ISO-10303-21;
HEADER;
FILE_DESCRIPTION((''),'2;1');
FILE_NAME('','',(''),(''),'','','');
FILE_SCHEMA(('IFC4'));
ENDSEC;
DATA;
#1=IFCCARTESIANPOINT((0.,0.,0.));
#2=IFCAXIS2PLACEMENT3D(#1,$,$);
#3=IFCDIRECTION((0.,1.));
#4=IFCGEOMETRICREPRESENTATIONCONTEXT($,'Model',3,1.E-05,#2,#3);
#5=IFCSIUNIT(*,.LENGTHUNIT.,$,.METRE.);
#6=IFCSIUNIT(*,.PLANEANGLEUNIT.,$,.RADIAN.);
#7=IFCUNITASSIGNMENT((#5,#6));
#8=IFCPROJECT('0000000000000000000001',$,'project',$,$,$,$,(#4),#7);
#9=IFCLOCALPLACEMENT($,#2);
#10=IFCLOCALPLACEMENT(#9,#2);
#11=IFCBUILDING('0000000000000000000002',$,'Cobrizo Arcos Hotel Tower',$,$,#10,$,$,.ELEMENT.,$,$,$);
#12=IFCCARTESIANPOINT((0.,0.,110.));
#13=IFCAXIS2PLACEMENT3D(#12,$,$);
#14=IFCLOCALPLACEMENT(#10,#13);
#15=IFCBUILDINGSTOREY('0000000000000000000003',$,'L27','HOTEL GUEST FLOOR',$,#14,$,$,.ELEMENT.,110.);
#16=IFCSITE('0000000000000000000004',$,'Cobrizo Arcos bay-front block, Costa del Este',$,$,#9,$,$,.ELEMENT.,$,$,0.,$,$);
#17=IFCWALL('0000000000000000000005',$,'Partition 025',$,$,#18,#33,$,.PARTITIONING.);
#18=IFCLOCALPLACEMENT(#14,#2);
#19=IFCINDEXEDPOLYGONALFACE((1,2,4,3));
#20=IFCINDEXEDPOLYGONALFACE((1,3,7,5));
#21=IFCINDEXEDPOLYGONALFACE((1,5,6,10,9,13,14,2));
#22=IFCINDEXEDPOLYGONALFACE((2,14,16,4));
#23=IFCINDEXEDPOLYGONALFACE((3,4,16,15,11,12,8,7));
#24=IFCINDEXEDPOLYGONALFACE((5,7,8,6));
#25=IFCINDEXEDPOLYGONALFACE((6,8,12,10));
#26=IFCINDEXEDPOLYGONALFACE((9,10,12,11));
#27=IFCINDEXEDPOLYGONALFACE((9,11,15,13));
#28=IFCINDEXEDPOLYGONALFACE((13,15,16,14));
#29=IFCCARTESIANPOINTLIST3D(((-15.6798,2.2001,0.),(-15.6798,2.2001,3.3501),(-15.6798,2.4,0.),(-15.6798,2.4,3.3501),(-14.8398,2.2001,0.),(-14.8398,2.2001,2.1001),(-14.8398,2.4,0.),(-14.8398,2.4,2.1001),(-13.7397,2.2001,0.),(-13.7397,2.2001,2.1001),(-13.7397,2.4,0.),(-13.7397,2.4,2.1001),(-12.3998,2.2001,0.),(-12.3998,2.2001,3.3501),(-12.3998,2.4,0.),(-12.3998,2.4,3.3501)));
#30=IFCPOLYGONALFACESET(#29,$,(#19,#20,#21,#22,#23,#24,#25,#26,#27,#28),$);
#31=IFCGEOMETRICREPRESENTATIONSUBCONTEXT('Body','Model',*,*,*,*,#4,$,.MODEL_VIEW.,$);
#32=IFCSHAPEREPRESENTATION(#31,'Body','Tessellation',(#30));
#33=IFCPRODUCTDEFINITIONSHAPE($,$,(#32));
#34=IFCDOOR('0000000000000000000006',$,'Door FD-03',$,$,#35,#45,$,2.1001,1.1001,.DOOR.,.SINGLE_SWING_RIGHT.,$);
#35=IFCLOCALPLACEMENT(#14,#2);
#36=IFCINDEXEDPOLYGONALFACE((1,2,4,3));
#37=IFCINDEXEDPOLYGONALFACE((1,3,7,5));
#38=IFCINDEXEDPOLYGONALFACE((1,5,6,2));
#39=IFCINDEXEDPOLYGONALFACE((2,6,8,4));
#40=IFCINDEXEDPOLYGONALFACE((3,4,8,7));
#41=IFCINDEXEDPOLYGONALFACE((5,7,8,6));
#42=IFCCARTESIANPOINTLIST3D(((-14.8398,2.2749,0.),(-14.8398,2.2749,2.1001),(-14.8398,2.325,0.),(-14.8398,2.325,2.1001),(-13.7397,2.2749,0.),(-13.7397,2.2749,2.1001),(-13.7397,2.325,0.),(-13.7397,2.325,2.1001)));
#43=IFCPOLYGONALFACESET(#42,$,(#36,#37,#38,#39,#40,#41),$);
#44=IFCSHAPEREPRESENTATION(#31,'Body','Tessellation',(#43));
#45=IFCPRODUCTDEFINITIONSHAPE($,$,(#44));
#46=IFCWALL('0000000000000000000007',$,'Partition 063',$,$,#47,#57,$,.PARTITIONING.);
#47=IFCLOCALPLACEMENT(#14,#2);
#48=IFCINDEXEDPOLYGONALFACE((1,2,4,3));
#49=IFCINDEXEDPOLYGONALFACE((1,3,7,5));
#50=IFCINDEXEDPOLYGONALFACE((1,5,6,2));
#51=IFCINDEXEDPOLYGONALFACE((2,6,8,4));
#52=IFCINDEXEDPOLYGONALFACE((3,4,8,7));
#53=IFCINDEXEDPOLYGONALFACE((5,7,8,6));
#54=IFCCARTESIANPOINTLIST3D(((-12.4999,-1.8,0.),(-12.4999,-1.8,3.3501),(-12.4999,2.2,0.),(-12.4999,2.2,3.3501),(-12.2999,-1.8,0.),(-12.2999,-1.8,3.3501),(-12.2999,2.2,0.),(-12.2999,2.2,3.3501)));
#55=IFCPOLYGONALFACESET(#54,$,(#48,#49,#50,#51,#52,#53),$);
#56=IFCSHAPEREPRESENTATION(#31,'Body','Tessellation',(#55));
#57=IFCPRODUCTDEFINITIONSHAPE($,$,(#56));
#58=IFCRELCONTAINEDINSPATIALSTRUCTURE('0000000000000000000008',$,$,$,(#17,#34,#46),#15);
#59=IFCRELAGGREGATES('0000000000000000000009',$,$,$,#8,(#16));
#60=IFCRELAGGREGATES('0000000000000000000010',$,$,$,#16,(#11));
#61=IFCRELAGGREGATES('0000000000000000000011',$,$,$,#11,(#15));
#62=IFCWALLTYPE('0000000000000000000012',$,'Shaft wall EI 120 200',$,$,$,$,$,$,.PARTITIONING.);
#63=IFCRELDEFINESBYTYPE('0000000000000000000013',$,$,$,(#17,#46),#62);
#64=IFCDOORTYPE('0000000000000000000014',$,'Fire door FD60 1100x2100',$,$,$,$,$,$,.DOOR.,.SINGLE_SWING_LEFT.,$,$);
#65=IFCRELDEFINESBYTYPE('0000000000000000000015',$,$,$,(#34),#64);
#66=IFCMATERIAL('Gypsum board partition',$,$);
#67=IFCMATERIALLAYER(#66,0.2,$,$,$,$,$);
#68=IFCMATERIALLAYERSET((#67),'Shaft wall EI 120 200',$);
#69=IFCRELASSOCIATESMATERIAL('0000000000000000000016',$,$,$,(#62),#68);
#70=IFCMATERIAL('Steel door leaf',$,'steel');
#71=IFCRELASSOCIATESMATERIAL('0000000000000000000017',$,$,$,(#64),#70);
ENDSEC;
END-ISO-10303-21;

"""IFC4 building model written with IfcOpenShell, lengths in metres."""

from ifc_helpers import new_model, si_unit, direction, frame, frame_2d, origin, place, context, subcontext, project, spatial, rectangle, extrude, material, layer, layer_set, type_object, element, fill, save


model = new_model("IFC4")

# Units and contexts
model_context = context("Model", 3, precision=1e-05, world=origin(), true_north=direction((0.0, 1.0)))
body_context = subcontext(model_context, "Body", "Model", "MODEL_VIEW")
ifc_project = project(units=[si_unit("LENGTHUNIT", "METRE"), si_unit("PLANEANGLEUNIT", "RADIAN")], contexts=[model_context])

# Site, building, storey
site_placement = place(None, origin())
site = spatial("IfcSite", under=ifc_project, at=site_placement, Name="Cobrizo Arcos bay-front block, Costa del Este", CompositionType="ELEMENT", RefElevation=0.0)
building_placement = place(site_placement, origin())
building = spatial("IfcBuilding", under=site, at=building_placement, Name="Cobrizo Arcos Hotel Tower", CompositionType="ELEMENT")
storey_placement = place(building_placement, frame((0.0, 0.0, 110.0)))
storey = spatial("IfcBuildingStorey", under=building, at=storey_placement, Name="L27", Description="HOTEL GUEST FLOOR", CompositionType="ELEMENT", Elevation=110.0)

# Shared definitions
ifc_material_1 = material(Name="Gypsum board partition")

# Wall, opening, door
ifc_layer_1 = layer(ifc_material_1, 0.2)
ifc_layer_set_1 = layer_set([ifc_layer_1], Name="Shaft wall EI 120 200")
wall_type_1 = type_object("IfcWallType", Name="Shaft wall EI 120 200", PredefinedType="PARTITIONING", material=ifc_layer_set_1)
wall_1_placement = place(storey_placement, frame((-15.6799, 2.3, 0.0), z_axis=(0.0, 0.0, 1.0), x_axis=(1.0, 0.0, 0.0)))
wall_1 = element("IfcWall", 1, at=wall_1_placement, inside=storey, type_object=wall_type_1, Name="Partition 025", PredefinedType="PARTITIONING", context=body_context, shape_type="SweptSolid", body=[
    extrude(rectangle(XDim=3.28, YDim=0.2, at=frame_2d((1.6401, 0.0))), origin(), (0.0, 0.0, 1.0), 3.3501),
])
opening_1_placement = place(wall_1_placement, frame((0.8401, 0.0, 0.0)))
opening_1 = element("IfcOpeningElement", 2, at=opening_1_placement, cuts=wall_1, PredefinedType="OPENING", context=body_context, shape_type="SweptSolid", body=[
    extrude(rectangle(XDim=1.1001, YDim=2.1001, at=frame_2d((0.55, 1.05))), frame((0.0, 0.1121, 0.0), z_axis=(0.0, -1.0, 0.0), x_axis=(1.0, 0.0, 0.0)), (0.0, 0.0, 1.0), 0.2239),
])
ifc_material_2 = material(Name="Steel door leaf", Category="steel")
door_type_1 = type_object("IfcDoorType", Name="Fire door FD60 1100x2100", OperationType="SINGLE_SWING_LEFT", PredefinedType="DOOR", material=ifc_material_2)
door_1_placement = place(opening_1_placement, origin())
door_1 = element("IfcDoor", 3, at=door_1_placement, inside=storey, type_object=door_type_1, Name="Door FD-03", OperationType="SINGLE_SWING_RIGHT", OverallHeight=2.1001, OverallWidth=1.1001, PredefinedType="DOOR", context=body_context, shape_type="SweptSolid", body=[
    extrude(rectangle(XDim=1.1001, YDim=2.1001, at=frame_2d((0.55, 1.05))), frame((0.0, 0.0249, 0.0), z_axis=(0.0, -1.0, 0.0), x_axis=(1.0, 0.0, 0.0)), (0.0, 0.0, 1.0), 0.05),
])
fill(opening_1, door_1)

# Wall
wall_2_placement = place(storey_placement, frame((-12.3999, -1.8, 0.0), z_axis=(0.0, 0.0, 1.0), x_axis=(0.0, 1.0, 0.0)))
element("IfcWall", 4, at=wall_2_placement, inside=storey, type_object=wall_type_1, Name="Partition 063", PredefinedType="PARTITIONING", context=body_context, shape_type="SweptSolid", body=[
    extrude(rectangle(XDim=4.0, YDim=0.2, at=frame_2d((2.0, 0.0))), origin(), (0.0, 0.0, 1.0), 3.3501),
])

save(model, "model.ifc")
